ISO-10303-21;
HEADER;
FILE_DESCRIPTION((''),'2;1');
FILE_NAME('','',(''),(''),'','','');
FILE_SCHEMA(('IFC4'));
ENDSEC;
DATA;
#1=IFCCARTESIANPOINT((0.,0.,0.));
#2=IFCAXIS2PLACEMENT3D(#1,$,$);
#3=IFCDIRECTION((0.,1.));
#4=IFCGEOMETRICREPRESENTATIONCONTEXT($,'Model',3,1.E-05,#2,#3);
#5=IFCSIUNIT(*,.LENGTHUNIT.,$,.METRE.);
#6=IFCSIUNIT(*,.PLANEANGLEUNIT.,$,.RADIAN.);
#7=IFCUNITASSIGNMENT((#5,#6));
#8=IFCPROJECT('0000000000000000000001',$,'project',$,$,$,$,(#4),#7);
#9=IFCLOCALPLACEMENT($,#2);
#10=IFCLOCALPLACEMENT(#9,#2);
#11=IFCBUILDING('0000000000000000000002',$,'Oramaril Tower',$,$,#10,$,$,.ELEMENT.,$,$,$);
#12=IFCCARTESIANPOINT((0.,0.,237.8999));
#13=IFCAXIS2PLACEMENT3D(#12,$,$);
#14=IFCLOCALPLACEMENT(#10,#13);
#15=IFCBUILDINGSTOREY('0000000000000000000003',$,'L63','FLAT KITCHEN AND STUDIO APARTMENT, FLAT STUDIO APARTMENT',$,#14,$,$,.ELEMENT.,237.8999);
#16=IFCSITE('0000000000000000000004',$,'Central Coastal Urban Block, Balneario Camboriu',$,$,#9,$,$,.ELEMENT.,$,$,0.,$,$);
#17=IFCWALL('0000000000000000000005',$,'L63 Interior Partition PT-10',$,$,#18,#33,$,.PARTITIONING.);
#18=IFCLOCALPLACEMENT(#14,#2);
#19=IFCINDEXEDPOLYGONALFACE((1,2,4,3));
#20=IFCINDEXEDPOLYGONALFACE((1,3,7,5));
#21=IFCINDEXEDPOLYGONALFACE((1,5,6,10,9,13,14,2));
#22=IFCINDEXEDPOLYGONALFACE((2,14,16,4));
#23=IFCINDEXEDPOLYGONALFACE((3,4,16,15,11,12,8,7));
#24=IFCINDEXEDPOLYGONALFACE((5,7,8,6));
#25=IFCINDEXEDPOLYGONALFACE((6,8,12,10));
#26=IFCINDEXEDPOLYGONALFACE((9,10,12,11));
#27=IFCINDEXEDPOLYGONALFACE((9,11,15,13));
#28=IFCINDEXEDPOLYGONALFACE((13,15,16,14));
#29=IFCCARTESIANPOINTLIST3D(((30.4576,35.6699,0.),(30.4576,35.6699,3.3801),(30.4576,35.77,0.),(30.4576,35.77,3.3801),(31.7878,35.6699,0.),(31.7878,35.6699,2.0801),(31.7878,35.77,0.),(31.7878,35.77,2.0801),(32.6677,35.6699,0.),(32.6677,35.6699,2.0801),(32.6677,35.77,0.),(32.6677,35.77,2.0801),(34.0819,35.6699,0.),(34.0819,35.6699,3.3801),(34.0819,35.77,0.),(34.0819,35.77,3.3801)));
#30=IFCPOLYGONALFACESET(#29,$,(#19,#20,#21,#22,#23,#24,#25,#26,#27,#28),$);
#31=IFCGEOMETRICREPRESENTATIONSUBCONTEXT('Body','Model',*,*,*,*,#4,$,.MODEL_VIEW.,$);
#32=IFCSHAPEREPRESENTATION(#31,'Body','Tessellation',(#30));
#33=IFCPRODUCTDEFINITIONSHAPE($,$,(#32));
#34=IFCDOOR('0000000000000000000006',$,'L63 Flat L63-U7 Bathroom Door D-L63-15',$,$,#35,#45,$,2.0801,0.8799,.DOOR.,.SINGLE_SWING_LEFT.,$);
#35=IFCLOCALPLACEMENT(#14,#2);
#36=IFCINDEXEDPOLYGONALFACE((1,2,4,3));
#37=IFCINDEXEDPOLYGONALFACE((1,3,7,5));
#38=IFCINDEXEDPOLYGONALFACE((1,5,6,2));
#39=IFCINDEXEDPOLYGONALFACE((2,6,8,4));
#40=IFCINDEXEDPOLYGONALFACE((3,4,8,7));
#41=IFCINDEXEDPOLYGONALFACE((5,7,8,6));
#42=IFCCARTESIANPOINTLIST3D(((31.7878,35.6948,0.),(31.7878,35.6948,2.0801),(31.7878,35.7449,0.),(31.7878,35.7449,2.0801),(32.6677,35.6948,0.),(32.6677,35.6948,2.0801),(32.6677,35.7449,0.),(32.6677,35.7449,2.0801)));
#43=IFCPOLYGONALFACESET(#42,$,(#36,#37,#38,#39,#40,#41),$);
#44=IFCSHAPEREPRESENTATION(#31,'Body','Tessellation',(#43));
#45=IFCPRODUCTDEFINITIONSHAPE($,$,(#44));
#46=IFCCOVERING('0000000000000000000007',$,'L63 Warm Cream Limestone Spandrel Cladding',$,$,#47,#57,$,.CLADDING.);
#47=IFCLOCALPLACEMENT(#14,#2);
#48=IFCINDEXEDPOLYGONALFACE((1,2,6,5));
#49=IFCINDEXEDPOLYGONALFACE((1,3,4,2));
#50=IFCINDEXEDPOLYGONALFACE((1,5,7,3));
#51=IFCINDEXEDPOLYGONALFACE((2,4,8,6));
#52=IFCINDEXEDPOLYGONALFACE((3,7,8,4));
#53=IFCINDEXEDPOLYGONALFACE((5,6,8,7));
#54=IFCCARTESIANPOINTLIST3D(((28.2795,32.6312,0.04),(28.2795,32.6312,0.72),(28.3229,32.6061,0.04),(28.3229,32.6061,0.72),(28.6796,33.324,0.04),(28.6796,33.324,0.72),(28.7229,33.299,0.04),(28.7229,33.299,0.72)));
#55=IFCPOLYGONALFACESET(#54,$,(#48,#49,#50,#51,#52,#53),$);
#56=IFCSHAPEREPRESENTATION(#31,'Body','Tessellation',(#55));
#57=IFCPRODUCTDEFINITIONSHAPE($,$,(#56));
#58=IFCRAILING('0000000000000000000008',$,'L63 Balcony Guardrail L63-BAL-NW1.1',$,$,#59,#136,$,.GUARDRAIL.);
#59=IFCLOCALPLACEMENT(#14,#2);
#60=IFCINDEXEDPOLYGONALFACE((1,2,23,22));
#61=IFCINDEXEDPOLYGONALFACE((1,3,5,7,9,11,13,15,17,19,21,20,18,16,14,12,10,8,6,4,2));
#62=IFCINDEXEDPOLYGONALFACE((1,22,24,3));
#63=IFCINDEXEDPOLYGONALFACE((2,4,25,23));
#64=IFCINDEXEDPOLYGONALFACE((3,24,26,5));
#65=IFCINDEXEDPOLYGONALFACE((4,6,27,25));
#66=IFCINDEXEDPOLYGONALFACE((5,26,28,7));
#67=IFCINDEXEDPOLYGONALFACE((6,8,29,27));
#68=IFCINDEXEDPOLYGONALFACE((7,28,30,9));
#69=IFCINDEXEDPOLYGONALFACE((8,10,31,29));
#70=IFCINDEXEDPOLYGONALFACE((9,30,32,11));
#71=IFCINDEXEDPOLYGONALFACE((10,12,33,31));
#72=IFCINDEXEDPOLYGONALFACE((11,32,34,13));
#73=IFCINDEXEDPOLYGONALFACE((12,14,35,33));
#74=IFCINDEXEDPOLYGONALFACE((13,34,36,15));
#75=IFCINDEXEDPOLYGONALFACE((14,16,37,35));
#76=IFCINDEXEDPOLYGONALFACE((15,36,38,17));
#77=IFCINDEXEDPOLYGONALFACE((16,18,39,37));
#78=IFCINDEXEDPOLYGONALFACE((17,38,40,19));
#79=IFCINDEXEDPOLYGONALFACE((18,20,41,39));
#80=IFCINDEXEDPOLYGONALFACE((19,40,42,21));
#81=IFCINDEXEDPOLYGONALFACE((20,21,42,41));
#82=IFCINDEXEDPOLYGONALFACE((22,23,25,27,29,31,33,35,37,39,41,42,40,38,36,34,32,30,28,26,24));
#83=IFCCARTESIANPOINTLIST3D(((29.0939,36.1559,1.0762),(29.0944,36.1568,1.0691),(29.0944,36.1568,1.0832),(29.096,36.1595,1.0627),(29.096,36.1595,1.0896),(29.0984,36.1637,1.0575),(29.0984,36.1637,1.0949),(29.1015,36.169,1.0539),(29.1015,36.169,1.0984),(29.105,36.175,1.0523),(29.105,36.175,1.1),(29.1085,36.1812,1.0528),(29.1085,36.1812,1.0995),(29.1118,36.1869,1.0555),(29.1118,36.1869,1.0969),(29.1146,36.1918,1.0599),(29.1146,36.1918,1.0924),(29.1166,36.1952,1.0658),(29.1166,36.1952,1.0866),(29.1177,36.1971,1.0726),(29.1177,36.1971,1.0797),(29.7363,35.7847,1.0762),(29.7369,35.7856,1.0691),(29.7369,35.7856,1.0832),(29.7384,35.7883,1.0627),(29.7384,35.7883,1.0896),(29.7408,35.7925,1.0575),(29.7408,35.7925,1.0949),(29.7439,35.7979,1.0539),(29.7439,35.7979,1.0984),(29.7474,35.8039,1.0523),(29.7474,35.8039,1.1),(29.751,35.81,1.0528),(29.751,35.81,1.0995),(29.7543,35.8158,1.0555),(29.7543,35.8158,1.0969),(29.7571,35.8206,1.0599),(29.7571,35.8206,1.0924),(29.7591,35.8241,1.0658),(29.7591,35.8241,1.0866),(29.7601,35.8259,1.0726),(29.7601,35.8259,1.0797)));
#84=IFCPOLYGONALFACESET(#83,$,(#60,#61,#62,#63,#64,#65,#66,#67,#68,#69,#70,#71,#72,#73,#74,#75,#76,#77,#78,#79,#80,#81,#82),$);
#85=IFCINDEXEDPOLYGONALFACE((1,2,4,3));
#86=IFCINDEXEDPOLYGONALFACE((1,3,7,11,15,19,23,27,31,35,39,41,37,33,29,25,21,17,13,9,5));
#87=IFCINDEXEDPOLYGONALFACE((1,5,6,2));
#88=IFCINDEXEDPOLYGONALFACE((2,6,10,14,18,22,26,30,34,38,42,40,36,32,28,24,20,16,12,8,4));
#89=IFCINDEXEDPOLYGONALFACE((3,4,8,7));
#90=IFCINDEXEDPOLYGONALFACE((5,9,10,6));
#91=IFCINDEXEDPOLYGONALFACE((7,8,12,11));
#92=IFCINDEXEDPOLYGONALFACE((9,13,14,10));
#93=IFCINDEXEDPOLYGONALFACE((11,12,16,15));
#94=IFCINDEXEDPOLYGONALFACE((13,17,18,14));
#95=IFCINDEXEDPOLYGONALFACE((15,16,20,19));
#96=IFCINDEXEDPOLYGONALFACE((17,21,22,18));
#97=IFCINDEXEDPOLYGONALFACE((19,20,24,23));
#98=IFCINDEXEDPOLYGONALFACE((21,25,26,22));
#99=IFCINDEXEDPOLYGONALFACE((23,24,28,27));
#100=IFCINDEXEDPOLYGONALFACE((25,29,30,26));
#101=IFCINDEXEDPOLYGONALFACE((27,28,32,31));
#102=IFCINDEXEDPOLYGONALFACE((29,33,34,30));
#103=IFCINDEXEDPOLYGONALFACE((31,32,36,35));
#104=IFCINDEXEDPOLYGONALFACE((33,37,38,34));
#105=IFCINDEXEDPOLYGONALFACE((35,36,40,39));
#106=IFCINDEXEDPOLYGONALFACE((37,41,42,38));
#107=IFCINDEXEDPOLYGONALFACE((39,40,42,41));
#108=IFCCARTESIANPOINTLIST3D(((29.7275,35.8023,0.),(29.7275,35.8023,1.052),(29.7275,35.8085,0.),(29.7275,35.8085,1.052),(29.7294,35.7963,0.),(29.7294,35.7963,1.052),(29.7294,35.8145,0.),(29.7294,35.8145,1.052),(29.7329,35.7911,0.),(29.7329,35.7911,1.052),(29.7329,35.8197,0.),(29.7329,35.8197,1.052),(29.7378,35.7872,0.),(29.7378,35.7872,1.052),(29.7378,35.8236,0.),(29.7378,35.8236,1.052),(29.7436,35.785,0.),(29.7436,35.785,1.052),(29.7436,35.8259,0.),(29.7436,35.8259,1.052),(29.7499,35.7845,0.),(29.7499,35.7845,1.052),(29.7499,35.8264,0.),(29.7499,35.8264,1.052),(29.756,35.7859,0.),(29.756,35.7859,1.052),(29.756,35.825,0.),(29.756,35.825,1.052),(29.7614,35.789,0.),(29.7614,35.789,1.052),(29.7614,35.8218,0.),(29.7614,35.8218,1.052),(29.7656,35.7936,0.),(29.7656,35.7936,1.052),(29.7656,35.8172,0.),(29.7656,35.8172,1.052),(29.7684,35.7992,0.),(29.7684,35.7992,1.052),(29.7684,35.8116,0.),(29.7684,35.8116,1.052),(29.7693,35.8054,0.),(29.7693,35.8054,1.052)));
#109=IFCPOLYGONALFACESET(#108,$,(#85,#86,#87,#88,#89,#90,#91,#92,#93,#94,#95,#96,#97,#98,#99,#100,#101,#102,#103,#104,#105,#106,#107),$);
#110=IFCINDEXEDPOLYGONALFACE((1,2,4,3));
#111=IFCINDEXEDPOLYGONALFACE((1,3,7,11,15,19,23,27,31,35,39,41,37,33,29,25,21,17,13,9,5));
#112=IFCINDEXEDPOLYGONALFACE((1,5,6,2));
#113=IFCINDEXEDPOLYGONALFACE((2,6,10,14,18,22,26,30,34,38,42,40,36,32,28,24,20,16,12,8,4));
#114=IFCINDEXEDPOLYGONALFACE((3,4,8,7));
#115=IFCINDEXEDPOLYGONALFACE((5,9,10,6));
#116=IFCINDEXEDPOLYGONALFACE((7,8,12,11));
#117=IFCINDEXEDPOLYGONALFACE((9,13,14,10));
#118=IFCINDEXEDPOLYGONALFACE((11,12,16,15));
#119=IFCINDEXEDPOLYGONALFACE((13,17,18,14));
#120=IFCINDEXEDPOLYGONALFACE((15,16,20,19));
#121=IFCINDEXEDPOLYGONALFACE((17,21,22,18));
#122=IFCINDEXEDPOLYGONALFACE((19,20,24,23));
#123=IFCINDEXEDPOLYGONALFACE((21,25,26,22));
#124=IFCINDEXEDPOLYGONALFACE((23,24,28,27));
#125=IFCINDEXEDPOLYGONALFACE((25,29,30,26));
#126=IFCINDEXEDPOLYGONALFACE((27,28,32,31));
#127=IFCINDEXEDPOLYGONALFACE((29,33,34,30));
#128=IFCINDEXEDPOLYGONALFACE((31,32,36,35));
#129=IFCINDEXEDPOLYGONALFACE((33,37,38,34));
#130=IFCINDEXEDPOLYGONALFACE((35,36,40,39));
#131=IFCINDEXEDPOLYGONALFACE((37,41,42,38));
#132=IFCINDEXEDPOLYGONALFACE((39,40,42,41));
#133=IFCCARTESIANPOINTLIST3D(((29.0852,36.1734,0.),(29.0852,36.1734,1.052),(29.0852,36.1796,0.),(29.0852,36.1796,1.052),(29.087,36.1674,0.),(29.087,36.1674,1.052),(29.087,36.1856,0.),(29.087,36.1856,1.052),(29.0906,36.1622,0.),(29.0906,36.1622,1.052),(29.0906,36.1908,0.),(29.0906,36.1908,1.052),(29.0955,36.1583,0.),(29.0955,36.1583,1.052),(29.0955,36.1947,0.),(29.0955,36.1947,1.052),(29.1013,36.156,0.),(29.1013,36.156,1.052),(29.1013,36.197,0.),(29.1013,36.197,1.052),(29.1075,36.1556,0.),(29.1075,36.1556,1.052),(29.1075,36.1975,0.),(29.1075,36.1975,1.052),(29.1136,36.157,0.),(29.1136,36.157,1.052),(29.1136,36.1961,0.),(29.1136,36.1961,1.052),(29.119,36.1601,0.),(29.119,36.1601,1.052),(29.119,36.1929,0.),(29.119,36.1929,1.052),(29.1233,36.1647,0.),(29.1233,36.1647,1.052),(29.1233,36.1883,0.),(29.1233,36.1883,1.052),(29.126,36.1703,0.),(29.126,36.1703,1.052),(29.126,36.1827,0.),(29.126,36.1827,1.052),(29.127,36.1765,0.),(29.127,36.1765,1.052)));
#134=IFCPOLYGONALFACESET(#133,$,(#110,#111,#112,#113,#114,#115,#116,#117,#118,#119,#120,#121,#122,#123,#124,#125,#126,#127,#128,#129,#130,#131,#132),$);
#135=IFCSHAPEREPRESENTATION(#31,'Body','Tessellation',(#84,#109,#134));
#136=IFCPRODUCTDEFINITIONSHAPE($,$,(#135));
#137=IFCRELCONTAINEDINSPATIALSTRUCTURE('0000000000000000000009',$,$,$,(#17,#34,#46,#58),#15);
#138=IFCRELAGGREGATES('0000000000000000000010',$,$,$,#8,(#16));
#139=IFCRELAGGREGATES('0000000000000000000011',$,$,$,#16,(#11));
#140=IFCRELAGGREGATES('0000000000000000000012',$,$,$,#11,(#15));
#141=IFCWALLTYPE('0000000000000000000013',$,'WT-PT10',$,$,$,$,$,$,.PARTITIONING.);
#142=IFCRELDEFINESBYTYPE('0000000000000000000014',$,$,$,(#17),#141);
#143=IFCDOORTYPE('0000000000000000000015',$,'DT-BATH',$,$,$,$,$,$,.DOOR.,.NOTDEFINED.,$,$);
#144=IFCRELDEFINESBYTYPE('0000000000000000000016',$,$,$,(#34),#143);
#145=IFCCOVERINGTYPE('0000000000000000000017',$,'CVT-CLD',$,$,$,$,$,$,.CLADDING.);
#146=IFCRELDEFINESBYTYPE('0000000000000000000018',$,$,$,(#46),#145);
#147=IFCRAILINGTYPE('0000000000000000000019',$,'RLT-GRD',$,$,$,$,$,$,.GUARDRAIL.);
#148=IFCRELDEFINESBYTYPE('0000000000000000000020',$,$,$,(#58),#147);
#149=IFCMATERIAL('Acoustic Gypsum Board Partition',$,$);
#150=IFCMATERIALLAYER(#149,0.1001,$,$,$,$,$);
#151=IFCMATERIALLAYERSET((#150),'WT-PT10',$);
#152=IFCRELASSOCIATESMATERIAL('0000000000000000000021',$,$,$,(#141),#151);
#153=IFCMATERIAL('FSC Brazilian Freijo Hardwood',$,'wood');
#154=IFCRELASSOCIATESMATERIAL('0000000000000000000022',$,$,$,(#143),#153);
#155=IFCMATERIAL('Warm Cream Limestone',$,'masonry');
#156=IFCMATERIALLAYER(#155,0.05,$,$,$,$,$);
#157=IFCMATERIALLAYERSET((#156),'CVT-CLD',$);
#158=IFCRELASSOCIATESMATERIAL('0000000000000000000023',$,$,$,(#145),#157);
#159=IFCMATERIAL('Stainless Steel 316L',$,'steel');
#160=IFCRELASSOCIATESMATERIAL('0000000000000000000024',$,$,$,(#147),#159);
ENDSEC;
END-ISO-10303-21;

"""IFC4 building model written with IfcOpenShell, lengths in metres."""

from ifc_helpers import new_model, si_unit, direction, frame, frame_2d, origin, origin_2d, place, context, subcontext, project, spatial, rectangle, circle, extrude, material, layer, layer_set, type_object, element, fill, save


model = new_model("IFC4")

# Units and contexts
model_context = context("Model", 3, precision=1e-05, world=origin(), true_north=direction((0.0, 1.0)))
body_context = subcontext(model_context, "Body", "Model", "MODEL_VIEW")
ifc_project = project(units=[si_unit("LENGTHUNIT", "METRE"), si_unit("PLANEANGLEUNIT", "RADIAN")], contexts=[model_context])

# Site, building, storey
site_placement = place(None, origin())
site = spatial("IfcSite", under=ifc_project, at=site_placement, Name="Central Coastal Urban Block, Balneario Camboriu", CompositionType="ELEMENT", RefElevation=0.0)
building_placement = place(site_placement, origin())
building = spatial("IfcBuilding", under=site, at=building_placement, Name="Oramaril Tower", CompositionType="ELEMENT")
storey_placement = place(building_placement, frame((0.0, 0.0, 237.8999)))
storey = spatial("IfcBuildingStorey", under=building, at=storey_placement, Name="L63", Description="FLAT KITCHEN AND STUDIO APARTMENT, FLAT STUDIO APARTMENT", CompositionType="ELEMENT", Elevation=237.8999)

# Wall, opening, door
ifc_material_1 = material(Name="Acoustic Gypsum Board Partition")
ifc_layer_1 = layer(ifc_material_1, 0.1001)
ifc_layer_set_1 = layer_set([ifc_layer_1], Name="WT-PT10")
wall_type_1 = type_object("IfcWallType", Name="WT-PT10", PredefinedType="PARTITIONING", material=ifc_layer_set_1)
wall_1_placement = place(storey_placement, frame((30.4578, 35.72, 0.0), z_axis=(0.0, 0.0, 1.0), x_axis=(1.0, 0.0, 0.0)))
wall_1 = element("IfcWall", 1, at=wall_1_placement, inside=storey, type_object=wall_type_1, Name="L63 Interior Partition PT-10", PredefinedType="PARTITIONING", context=body_context, shape_type="SweptSolid", body=[
    extrude(rectangle(XDim=3.6243, YDim=0.1001, at=frame_2d((1.812, 0.0))), origin(), (0.0, 0.0, 1.0), 3.3801),
])
opening_placement = place(wall_1_placement, frame((1.3301, 0.0, 0.0)))
opening = element("IfcOpeningElement", 2, at=opening_placement, cuts=wall_1, PredefinedType="OPENING", context=body_context, shape_type="SweptSolid", body=[
    extrude(rectangle(XDim=0.8799, YDim=2.0801, at=frame_2d((0.4399, 1.04))), frame((0.0, 0.05, 0.0), z_axis=(0.0, -1.0, 0.0), x_axis=(1.0, 0.0, 0.0)), (0.0, 0.0, 1.0), 0.1001),
])
ifc_material_2 = material(Name="FSC Brazilian Freijo Hardwood", Category="wood")
door_type = type_object("IfcDoorType", Name="DT-BATH", OperationType="NOTDEFINED", PredefinedType="DOOR", material=ifc_material_2)
door_placement = place(opening_placement, origin())
door = element("IfcDoor", 3, at=door_placement, inside=storey, type_object=door_type, Name="L63 Flat L63-U7 Bathroom Door D-L63-15", OperationType="SINGLE_SWING_LEFT", OverallHeight=2.0801, OverallWidth=0.8799, PredefinedType="DOOR", context=body_context, shape_type="SweptSolid", body=[
    extrude(rectangle(XDim=0.8799, YDim=2.0801, at=frame_2d((0.4399, 1.04))), frame((0.0, 0.0249, 0.0), z_axis=(0.0, -1.0, 0.0), x_axis=(1.0, 0.0, 0.0)), (0.0, 0.0, 1.0), 0.05),
])
fill(opening, door)

# Covering
ifc_material_3 = material(Name="Warm Cream Limestone", Category="masonry")
ifc_layer_2 = layer(ifc_material_3, 0.05)
ifc_layer_set_2 = layer_set([ifc_layer_2], Name="CVT-CLD")
covering_type = type_object("IfcCoveringType", Name="CVT-CLD", PredefinedType="CLADDING", material=ifc_layer_set_2)
covering_placement = place(storey_placement, frame((28.5012, 32.9651, 0.04), z_axis=(0.0, 0.0, 1.0), x_axis=(-0.500002, -0.866025, 0.0)))
element("IfcCovering", 4, at=covering_placement, inside=storey, type_object=covering_type, Name="L63 Warm Cream Limestone Spandrel Cladding", PredefinedType="CLADDING", context=body_context, shape_type="SweptSolid", body=[
    extrude(rectangle(XDim=0.8, YDim=0.05, at=origin_2d()), origin(), (0.0, 0.0, 1.0), 0.6799),
])

# Railing
ifc_material_4 = material(Name="Stainless Steel 316L", Category="steel")
railing_type = type_object("IfcRailingType", Name="RLT-GRD", PredefinedType="GUARDRAIL", material=ifc_material_4)
railing_1_placement = place(storey_placement, frame((29.7483, 35.8054, 0.0)))
element("IfcRailing", 5, at=railing_1_placement, inside=storey, type_object=railing_type, Name="L63 Balcony Guardrail L63-BAL-NW1.1", PredefinedType="GUARDRAIL", context=body_context, shape_type="SweptSolid", body=[
    extrude(circle(Radius=0.0239, at=origin_2d()), frame((0.0, 0.0, 1.0762), z_axis=(-0.865884, 0.500245, 0.0), x_axis=(-0.500245, -0.865884, 0.0)), (0.0, 0.0, 1.0), 0.7419),
    extrude(circle(Radius=0.021, at=origin_2d()), origin(), (0.0, 0.0, 1.0), 1.052),
    extrude(circle(Radius=0.021, at=origin_2d()), frame((-0.6423, 0.3711, 0.0)), (0.0, 0.0, 1.0), 1.052),
])

save(model, "model.ifc")
